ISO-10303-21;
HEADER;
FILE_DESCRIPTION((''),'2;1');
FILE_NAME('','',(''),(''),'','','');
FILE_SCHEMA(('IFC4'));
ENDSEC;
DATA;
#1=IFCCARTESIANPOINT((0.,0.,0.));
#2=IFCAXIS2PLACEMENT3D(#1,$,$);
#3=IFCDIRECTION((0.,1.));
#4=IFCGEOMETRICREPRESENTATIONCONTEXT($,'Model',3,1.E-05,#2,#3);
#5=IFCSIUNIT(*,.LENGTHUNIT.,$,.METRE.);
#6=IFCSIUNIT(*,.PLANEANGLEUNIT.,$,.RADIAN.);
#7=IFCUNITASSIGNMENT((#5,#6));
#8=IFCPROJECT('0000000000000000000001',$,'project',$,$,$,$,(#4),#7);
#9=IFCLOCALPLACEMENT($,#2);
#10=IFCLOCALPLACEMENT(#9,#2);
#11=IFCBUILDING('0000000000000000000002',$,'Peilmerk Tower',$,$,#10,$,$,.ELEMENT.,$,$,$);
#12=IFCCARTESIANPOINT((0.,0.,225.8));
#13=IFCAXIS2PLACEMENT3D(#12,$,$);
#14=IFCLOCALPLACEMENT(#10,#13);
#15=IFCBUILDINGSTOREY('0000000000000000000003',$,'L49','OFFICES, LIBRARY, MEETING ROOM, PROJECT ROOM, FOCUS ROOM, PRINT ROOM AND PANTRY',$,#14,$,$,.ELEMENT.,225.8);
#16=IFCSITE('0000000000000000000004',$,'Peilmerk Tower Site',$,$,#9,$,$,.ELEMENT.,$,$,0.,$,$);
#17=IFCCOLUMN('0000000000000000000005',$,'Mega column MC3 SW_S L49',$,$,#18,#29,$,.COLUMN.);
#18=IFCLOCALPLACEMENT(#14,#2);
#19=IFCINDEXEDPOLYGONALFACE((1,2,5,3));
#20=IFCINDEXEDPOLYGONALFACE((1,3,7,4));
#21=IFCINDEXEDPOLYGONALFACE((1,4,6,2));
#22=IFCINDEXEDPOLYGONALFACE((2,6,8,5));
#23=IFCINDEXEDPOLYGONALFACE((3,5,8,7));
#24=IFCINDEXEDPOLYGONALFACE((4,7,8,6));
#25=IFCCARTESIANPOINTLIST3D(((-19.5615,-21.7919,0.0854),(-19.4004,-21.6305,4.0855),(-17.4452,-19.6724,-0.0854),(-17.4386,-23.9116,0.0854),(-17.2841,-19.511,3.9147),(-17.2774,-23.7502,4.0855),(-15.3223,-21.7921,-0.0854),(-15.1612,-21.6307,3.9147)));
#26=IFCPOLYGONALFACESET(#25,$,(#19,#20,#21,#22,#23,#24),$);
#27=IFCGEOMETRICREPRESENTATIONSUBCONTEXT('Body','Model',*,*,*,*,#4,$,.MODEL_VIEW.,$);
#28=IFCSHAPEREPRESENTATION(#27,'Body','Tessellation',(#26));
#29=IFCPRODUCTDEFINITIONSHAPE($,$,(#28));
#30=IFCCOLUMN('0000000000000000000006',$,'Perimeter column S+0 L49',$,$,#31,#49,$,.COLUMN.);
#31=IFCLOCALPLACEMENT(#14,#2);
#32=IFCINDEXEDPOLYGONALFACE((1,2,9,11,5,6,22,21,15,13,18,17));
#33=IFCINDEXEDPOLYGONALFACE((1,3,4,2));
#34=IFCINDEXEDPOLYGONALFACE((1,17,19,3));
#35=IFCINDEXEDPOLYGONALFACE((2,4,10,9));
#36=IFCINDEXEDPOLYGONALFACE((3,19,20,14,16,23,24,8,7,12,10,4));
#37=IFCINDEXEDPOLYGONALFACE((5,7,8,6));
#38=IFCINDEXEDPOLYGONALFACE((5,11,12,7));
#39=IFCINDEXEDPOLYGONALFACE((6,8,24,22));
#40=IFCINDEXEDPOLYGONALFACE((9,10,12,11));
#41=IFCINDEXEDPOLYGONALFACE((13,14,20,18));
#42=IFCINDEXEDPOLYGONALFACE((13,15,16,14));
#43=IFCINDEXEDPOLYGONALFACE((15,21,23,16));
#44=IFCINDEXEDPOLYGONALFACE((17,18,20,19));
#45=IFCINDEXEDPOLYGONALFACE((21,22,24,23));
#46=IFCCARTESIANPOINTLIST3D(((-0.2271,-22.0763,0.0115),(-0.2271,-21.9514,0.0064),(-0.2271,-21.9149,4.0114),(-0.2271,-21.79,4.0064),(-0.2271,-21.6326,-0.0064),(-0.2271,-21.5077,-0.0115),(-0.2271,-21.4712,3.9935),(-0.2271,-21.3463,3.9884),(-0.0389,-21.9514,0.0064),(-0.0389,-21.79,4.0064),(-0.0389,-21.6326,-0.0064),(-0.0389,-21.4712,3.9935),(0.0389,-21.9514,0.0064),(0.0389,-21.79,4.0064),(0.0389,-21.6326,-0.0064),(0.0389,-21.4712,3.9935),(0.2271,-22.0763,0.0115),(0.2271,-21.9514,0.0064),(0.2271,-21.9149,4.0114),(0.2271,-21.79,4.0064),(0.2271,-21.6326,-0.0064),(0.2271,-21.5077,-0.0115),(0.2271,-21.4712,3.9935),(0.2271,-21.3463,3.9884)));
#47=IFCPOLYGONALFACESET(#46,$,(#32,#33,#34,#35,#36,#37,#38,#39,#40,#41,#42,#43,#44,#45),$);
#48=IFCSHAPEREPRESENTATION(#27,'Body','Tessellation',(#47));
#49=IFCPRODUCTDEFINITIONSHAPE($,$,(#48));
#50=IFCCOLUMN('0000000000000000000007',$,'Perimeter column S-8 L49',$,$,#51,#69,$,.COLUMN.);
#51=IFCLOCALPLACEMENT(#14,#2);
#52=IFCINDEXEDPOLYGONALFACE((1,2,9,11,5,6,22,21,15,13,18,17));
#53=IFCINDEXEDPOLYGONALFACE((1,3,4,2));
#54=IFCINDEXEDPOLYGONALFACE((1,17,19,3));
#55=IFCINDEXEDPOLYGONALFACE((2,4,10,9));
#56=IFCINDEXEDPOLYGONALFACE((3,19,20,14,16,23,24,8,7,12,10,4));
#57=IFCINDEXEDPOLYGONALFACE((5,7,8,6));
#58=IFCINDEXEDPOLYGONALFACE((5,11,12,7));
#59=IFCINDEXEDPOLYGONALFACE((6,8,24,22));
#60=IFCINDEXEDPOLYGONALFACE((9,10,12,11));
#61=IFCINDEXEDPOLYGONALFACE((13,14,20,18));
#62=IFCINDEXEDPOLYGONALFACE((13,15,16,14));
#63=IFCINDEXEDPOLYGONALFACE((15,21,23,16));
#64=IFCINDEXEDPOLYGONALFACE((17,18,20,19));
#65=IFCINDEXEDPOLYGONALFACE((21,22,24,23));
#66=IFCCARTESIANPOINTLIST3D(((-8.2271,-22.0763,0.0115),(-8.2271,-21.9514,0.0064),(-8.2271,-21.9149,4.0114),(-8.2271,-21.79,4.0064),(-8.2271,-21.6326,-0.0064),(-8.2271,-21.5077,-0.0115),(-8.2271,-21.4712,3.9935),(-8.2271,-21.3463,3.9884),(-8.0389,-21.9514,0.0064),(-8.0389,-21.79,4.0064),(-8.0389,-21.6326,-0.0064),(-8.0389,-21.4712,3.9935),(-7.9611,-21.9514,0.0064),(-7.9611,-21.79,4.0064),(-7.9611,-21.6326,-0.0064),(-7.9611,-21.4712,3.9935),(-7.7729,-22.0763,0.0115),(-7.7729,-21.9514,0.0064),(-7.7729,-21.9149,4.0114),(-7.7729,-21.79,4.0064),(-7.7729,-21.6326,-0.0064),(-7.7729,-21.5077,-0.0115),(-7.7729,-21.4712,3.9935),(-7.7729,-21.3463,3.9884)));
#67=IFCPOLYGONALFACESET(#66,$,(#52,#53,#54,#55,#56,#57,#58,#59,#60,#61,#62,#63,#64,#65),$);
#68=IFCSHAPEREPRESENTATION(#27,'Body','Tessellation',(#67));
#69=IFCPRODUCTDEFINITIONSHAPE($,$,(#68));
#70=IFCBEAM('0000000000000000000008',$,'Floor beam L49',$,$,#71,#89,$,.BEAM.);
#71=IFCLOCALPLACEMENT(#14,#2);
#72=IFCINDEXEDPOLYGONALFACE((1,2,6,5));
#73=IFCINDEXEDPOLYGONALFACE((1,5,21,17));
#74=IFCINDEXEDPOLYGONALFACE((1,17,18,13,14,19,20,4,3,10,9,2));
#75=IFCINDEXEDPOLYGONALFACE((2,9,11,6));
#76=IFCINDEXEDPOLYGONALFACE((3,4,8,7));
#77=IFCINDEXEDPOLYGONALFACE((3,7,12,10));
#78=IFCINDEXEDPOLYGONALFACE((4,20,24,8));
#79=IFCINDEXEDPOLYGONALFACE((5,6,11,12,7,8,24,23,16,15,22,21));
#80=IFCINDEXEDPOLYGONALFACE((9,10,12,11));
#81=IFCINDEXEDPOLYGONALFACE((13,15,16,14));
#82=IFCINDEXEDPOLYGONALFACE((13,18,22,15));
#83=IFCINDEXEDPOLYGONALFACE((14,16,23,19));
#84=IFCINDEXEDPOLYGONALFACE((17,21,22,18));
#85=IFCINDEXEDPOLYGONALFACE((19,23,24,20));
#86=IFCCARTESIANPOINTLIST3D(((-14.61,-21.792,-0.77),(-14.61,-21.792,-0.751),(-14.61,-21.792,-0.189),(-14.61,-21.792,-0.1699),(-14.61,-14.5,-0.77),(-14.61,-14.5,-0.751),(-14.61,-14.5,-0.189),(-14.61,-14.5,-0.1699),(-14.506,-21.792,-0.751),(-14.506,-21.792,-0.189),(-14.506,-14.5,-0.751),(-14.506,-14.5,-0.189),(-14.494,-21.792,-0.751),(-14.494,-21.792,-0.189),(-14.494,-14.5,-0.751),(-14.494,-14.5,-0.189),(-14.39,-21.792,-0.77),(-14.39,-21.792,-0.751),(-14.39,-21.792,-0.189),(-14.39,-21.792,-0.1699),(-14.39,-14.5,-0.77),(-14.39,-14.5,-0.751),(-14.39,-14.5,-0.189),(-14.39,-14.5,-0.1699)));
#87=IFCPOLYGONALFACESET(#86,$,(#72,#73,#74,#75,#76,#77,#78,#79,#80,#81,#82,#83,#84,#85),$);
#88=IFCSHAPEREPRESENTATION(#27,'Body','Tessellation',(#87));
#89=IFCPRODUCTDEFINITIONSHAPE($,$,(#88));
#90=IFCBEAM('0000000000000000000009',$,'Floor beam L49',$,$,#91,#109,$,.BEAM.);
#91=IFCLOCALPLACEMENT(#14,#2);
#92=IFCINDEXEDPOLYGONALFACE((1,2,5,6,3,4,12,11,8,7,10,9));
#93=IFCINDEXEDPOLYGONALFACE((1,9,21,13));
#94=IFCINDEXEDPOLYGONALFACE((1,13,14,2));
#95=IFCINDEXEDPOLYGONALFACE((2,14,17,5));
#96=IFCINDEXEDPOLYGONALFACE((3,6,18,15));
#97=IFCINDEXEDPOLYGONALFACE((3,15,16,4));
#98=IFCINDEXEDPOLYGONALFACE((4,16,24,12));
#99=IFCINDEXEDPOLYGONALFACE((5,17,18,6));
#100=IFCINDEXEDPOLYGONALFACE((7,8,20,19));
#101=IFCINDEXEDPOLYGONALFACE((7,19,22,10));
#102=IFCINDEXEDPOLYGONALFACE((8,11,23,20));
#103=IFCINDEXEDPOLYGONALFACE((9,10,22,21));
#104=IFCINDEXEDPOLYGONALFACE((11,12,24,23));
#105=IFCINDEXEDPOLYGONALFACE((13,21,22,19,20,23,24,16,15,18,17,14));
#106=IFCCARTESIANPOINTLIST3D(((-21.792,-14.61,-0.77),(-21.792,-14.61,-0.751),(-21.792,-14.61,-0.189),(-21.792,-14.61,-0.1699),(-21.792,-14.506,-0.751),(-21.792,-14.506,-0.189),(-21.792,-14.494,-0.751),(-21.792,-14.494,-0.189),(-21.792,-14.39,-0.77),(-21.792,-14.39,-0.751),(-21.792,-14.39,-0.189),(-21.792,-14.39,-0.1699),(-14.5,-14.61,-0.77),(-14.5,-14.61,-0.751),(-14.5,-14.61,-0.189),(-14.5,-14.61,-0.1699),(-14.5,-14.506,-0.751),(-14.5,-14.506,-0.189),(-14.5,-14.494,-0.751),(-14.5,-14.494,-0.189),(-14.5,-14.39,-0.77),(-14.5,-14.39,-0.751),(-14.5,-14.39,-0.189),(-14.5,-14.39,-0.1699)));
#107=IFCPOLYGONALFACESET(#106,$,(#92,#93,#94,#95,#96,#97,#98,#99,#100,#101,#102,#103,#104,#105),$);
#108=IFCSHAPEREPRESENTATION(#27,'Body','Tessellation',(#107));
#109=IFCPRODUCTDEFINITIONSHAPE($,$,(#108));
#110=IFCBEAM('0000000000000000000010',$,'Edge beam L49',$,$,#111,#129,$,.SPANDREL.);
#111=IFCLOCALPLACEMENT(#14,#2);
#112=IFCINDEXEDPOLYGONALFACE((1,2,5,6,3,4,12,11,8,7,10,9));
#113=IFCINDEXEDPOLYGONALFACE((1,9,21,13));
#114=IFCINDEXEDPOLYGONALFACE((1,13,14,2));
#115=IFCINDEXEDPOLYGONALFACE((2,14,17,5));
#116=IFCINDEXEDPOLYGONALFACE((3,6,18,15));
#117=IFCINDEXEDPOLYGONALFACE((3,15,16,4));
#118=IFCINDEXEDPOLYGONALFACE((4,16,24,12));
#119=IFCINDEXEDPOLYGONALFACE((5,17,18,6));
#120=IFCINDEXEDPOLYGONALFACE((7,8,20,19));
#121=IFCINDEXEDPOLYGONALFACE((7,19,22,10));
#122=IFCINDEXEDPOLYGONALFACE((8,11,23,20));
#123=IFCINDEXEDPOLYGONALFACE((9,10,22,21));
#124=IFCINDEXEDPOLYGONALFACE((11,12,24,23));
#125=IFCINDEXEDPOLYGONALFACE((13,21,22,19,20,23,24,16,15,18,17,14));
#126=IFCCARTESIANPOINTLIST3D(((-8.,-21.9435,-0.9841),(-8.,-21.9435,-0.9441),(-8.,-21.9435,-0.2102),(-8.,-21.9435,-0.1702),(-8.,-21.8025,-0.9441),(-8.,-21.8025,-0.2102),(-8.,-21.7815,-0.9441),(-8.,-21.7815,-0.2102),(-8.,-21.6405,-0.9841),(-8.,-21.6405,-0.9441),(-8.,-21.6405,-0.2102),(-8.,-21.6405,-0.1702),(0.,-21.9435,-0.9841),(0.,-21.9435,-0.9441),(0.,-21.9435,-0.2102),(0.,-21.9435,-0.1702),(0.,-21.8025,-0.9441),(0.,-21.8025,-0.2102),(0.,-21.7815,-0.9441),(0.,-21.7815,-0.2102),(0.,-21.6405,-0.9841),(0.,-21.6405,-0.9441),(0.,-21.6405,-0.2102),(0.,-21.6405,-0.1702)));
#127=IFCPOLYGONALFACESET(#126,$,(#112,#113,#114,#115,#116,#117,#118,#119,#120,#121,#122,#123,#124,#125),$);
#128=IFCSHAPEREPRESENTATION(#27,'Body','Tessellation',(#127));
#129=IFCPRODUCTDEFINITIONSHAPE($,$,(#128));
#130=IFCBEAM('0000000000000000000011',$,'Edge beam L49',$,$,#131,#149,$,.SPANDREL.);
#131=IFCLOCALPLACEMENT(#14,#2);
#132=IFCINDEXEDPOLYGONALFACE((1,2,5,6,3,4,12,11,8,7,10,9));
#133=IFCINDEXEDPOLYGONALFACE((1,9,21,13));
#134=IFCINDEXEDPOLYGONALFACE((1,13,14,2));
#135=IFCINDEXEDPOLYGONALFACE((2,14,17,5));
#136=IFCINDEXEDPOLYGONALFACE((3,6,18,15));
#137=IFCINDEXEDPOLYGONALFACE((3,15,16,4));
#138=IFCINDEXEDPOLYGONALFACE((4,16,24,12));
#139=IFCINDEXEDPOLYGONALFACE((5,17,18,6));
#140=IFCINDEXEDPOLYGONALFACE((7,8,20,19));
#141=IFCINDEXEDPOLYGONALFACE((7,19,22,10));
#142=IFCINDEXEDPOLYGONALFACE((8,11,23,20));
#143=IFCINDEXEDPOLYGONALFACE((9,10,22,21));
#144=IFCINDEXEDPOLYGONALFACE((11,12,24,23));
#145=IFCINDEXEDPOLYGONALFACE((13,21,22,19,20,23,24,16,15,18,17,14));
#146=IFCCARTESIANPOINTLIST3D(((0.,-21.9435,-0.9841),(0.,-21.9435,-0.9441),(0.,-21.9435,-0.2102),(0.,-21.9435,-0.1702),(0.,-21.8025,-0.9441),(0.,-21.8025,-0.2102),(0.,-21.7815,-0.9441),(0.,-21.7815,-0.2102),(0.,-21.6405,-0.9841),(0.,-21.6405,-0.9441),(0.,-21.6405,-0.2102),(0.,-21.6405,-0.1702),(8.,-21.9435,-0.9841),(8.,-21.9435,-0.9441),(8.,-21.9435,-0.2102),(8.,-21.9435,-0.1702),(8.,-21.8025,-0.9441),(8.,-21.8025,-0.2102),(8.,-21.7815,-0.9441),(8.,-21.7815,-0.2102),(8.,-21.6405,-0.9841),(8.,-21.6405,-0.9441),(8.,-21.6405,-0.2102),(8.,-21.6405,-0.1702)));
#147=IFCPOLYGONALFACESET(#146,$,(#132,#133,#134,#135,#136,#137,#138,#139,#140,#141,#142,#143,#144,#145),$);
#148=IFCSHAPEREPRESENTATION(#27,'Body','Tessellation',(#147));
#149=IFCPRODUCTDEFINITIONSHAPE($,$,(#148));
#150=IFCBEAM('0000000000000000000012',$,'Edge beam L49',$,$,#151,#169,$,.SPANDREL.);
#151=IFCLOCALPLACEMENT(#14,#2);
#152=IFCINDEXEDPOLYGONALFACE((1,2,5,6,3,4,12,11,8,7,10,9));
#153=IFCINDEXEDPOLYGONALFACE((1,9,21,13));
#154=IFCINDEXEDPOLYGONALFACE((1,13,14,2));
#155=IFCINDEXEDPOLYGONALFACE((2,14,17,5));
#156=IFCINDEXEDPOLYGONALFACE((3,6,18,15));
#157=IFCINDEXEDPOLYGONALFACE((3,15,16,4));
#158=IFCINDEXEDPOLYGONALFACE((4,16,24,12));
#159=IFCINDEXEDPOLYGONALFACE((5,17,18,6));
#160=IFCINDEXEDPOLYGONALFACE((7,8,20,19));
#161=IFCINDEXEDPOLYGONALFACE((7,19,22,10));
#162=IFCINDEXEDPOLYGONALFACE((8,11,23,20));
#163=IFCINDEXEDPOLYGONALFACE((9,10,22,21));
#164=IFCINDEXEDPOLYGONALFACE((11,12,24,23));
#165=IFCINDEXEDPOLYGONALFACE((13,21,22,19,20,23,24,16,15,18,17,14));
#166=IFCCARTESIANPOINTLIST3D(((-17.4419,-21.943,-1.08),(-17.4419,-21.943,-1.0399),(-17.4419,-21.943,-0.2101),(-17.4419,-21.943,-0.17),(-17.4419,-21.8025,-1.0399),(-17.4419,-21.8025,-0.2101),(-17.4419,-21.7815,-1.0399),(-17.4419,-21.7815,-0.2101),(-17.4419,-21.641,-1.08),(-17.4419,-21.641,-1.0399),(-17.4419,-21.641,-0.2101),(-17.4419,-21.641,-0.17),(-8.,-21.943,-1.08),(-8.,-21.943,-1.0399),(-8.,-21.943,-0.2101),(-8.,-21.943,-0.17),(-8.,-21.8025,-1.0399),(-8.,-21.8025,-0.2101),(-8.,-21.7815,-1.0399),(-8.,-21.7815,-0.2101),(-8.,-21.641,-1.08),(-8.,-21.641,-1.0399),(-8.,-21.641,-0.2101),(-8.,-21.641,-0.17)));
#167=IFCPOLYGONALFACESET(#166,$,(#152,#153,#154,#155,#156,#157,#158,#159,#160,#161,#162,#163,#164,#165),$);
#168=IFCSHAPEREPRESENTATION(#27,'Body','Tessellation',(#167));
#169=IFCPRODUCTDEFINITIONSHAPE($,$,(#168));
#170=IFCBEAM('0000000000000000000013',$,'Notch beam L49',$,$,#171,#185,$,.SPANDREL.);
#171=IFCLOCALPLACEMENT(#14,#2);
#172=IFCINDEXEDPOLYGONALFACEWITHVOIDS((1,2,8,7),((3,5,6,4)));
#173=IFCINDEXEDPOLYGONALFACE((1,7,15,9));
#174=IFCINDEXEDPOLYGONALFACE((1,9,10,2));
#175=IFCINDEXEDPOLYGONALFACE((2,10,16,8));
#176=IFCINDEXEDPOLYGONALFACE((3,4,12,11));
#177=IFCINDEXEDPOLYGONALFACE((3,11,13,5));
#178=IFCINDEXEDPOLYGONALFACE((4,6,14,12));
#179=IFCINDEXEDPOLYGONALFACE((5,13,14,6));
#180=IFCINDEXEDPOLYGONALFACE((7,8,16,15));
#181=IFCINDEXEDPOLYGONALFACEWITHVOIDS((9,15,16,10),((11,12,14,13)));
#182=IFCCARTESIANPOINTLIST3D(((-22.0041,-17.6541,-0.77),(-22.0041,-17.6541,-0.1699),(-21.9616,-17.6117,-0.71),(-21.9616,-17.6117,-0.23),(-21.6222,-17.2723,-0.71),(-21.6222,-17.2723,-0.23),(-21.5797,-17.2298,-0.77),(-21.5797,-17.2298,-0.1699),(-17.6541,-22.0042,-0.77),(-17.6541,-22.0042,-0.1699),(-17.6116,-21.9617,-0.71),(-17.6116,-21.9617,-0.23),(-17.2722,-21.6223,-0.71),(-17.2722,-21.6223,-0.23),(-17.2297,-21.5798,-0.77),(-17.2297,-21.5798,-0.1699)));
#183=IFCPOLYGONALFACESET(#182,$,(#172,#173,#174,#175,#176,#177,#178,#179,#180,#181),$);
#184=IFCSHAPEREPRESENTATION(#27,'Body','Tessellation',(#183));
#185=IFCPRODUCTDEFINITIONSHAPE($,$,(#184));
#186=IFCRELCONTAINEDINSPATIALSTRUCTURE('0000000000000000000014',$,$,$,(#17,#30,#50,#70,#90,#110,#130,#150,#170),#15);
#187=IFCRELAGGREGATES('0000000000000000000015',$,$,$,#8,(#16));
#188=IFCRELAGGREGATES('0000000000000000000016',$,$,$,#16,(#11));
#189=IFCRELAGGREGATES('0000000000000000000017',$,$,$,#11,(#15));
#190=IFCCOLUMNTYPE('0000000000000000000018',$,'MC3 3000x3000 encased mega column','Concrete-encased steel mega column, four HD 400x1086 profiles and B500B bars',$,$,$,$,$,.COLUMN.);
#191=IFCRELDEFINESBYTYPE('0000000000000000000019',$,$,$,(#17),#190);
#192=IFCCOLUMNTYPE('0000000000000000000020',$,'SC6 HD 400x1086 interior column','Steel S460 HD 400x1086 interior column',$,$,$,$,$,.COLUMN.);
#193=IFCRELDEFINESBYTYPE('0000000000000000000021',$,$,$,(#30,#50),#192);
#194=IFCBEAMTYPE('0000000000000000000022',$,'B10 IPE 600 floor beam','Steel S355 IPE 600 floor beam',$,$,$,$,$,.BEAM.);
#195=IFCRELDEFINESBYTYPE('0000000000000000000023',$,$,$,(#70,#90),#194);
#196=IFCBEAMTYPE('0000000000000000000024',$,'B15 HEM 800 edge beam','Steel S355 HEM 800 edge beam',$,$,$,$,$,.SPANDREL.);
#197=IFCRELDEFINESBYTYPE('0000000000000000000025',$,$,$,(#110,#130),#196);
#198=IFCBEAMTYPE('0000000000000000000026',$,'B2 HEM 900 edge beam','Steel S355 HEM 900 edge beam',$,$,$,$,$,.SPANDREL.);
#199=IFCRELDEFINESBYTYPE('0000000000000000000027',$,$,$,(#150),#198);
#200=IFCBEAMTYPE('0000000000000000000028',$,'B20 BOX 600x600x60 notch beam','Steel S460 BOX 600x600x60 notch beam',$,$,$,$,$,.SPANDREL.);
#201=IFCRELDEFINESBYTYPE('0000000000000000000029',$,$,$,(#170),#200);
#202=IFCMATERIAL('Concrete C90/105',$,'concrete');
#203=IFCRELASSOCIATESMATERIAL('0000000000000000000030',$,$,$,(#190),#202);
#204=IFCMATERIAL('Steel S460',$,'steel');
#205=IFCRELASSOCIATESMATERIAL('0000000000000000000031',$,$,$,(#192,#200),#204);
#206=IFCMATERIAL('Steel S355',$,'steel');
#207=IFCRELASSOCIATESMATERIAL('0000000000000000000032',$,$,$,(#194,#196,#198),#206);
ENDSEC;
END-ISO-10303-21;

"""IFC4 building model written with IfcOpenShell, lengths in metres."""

from ifc_helpers import new_model, si_unit, direction, frame, origin, origin_2d, place, context, subcontext, project, spatial, rectangle, hollow_rectangle, i_section, extrude, material, material_profile, profile_set, type_object, element, save


model = new_model("IFC4")

# Units and contexts
model_context = context("Model", 3, precision=1e-05, world=origin(), true_north=direction((0.0, 1.0)))
body_context = subcontext(model_context, "Body", "Model", "MODEL_VIEW")
ifc_project = project(units=[si_unit("LENGTHUNIT", "METRE"), si_unit("PLANEANGLEUNIT", "RADIAN")], contexts=[model_context])

# Site, building, storey
site_placement = place(None, origin())
site = spatial("IfcSite", under=ifc_project, at=site_placement, Name="Peilmerk Tower Site", CompositionType="ELEMENT", RefElevation=0.0)
building_placement = place(site_placement, origin())
building = spatial("IfcBuilding", under=site, at=building_placement, Name="Peilmerk Tower", CompositionType="ELEMENT")
storey_placement = place(building_placement, frame((0.0, 0.0, 225.8)))
storey = spatial("IfcBuildingStorey", under=building, at=storey_placement, Name="L49", Description="OFFICES, LIBRARY, MEETING ROOM, PROJECT ROOM, FOCUS ROOM, PRINT ROOM AND PANTRY", CompositionType="ELEMENT", Elevation=225.8)

# Columns
ifc_material_1 = material(Name="Concrete C90/105", Category="concrete")
ifc_material_profile_1 = material_profile(ifc_material_1, rectangle(XDim=3.0, YDim=3.0, at=origin_2d()), Name="RC 3000x3000")
ifc_profile_set_1 = profile_set([ifc_material_profile_1], Name="Concrete C90/105")
column_type_1 = type_object("IfcColumnType", Name="MC3 3000x3000 encased mega column", Description="Concrete-encased steel mega column, four HD 400x1086 profiles and B500B bars", PredefinedType="COLUMN", material=ifc_profile_set_1)
column_placement = place(storey_placement, frame((-17.4419, -21.792, 0.0), z_axis=(0.040218, 0.040279, 0.998379), x_axis=(-0.707642, 0.706571, 0.0)))
element("IfcColumn", 1, at=column_placement, inside=storey, type_object=column_type_1, Name="Mega column MC3 SW_S L49", PredefinedType="COLUMN", context=body_context, shape_type="SweptSolid", body=[
    extrude(rectangle(XDim=3.0, YDim=3.0, at=origin_2d()), origin(), (0.0, 0.0, 1.0), 4.0066),
])
ifc_material_2 = material(Name="Steel S460", Category="steel")
ifc_material_profile_2 = material_profile(ifc_material_2, i_section(OverallWidth=0.4541, OverallDepth=0.5691, WebThickness=0.0779, FlangeThickness=0.125, at=origin_2d()), Name="HD 400x1086")
ifc_profile_set_2 = profile_set([ifc_material_profile_2], Name="Steel S460")
column_type_2 = type_object("IfcColumnType", Name="SC6 HD 400x1086 interior column", Description="Steel S460 HD 400x1086 interior column", PredefinedType="COLUMN", material=ifc_profile_set_2)
for number, where, z_axis, x_axis, name in (
    (2, (0.0, -21.792, 0.0), (0.0, 0.040311, 0.999187), (-1.0, 0.0, 0.0), "Perimeter column S+0 L49"),
    (3, (-8.0, -21.792, 0.0), (0.0, 0.040311, 0.999187), (-1.0, 0.0, 0.0), "Perimeter column S-8 L49"),
):
    element("IfcColumn", number, at=place(storey_placement, frame(where, z_axis=z_axis, x_axis=x_axis)), inside=storey, type_object=column_type_2, Name=name, PredefinedType="COLUMN", context=body_context, shape_type="SweptSolid", body=[
        extrude(i_section(OverallWidth=0.4541, OverallDepth=0.5691, WebThickness=0.0779, FlangeThickness=0.125, at=origin_2d()), origin(), (0.0, 0.0, 1.0), 4.0032),
    ])

# Beams
ifc_material_3 = material(Name="Steel S355", Category="steel")
ifc_material_profile_3 = material_profile(ifc_material_3, i_section(OverallWidth=0.22, OverallDepth=0.6001, WebThickness=0.012, FlangeThickness=0.019, at=origin_2d()), Name="IPE 600")
ifc_profile_set_3 = profile_set([ifc_material_profile_3], Name="Steel S355")
beam_type_1 = type_object("IfcBeamType", Name="B10 IPE 600 floor beam", Description="Steel S355 IPE 600 floor beam", PredefinedType="BEAM", material=ifc_profile_set_3)
for number, where, z_axis, x_axis, name in (
    (4, (-14.5, -14.5, -0.47), (0.0, -1.0, 0.0), (1.0, 0.0, 0.0), "Floor beam L49"),
    (5, (-14.5, -14.5, -0.47), (-1.0, 0.0, 0.0), (0.0, -1.0, 0.0), "Floor beam L49"),
):
    element("IfcBeam", number, at=place(storey_placement, frame(where, z_axis=z_axis, x_axis=x_axis)), inside=storey, type_object=beam_type_1, Name=name, PredefinedType="BEAM", context=body_context, shape_type="SweptSolid", body=[
        extrude(i_section(OverallWidth=0.22, OverallDepth=0.6001, WebThickness=0.012, FlangeThickness=0.019, at=origin_2d()), origin(), (0.0, 0.0, 1.0), 7.292),
    ])
ifc_material_profile_4 = material_profile(ifc_material_3, i_section(OverallWidth=0.303, OverallDepth=0.814, WebThickness=0.021, FlangeThickness=0.04, at=origin_2d()), Name="HEM 800")
ifc_profile_set_4 = profile_set([ifc_material_profile_4], Name="Steel S355")
beam_type_2 = type_object("IfcBeamType", Name="B15 HEM 800 edge beam", Description="Steel S355 HEM 800 edge beam", PredefinedType="SPANDREL", material=ifc_profile_set_4)
for number, where, z_axis, x_axis, name in (
    (6, (-8.0, -21.792, -0.5771), (1.0, 0.0, 0.0), (0.0, 1.0, 0.0), "Edge beam L49"),
    (7, (0.0, -21.792, -0.5771), (1.0, 0.0, 0.0), (0.0, 1.0, 0.0), "Edge beam L49"),
):
    element("IfcBeam", number, at=place(storey_placement, frame(where, z_axis=z_axis, x_axis=x_axis)), inside=storey, type_object=beam_type_2, Name=name, PredefinedType="SPANDREL", context=body_context, shape_type="SweptSolid", body=[
        extrude(i_section(OverallWidth=0.303, OverallDepth=0.814, WebThickness=0.021, FlangeThickness=0.04, at=origin_2d()), origin(), (0.0, 0.0, 1.0), 8.0),
    ])
ifc_material_profile_5 = material_profile(ifc_material_3, i_section(OverallWidth=0.302, OverallDepth=0.9099, WebThickness=0.021, FlangeThickness=0.04, at=origin_2d()), Name="HEM 900")
ifc_profile_set_5 = profile_set([ifc_material_profile_5], Name="Steel S355")
beam_type_3 = type_object("IfcBeamType", Name="B2 HEM 900 edge beam", Description="Steel S355 HEM 900 edge beam", PredefinedType="SPANDREL", material=ifc_profile_set_5)
beam_1_placement = place(storey_placement, frame((-17.4419, -21.792, -0.625), z_axis=(1.0, 0.0, 0.0), x_axis=(0.0, 1.0, 0.0)))
element("IfcBeam", 8, at=beam_1_placement, inside=storey, type_object=beam_type_3, Name="Edge beam L49", PredefinedType="SPANDREL", context=body_context, shape_type="SweptSolid", body=[
    extrude(i_section(OverallWidth=0.302, OverallDepth=0.9099, WebThickness=0.021, FlangeThickness=0.04, at=origin_2d()), origin(), (0.0, 0.0, 1.0), 9.4419),
])
ifc_material_profile_6 = material_profile(ifc_material_2, hollow_rectangle(XDim=0.6001, YDim=0.6001, WallThickness=0.0601, at=origin_2d()), Name="BOX 600x600x60")
ifc_profile_set_6 = profile_set([ifc_material_profile_6], Name="Steel S460")
beam_type_4 = type_object("IfcBeamType", Name="B20 BOX 600x600x60 notch beam", Description="Steel S460 BOX 600x600x60 notch beam", PredefinedType="SPANDREL", material=ifc_profile_set_6)
beam_2_placement = place(storey_placement, frame((-17.4419, -21.792, -0.47), z_axis=(-0.707107, 0.707107, 0.0), x_axis=(-0.707107, -0.707107, 0.0)))
element("IfcBeam", 9, at=beam_2_placement, inside=storey, type_object=beam_type_4, Name="Notch beam L49", PredefinedType="SPANDREL", context=body_context, shape_type="SweptSolid", body=[
    extrude(hollow_rectangle(XDim=0.6001, YDim=0.6001, WallThickness=0.0601, at=origin_2d()), origin(), (0.0, 0.0, 1.0), 6.1519),
])

save(model, "model.ifc")
